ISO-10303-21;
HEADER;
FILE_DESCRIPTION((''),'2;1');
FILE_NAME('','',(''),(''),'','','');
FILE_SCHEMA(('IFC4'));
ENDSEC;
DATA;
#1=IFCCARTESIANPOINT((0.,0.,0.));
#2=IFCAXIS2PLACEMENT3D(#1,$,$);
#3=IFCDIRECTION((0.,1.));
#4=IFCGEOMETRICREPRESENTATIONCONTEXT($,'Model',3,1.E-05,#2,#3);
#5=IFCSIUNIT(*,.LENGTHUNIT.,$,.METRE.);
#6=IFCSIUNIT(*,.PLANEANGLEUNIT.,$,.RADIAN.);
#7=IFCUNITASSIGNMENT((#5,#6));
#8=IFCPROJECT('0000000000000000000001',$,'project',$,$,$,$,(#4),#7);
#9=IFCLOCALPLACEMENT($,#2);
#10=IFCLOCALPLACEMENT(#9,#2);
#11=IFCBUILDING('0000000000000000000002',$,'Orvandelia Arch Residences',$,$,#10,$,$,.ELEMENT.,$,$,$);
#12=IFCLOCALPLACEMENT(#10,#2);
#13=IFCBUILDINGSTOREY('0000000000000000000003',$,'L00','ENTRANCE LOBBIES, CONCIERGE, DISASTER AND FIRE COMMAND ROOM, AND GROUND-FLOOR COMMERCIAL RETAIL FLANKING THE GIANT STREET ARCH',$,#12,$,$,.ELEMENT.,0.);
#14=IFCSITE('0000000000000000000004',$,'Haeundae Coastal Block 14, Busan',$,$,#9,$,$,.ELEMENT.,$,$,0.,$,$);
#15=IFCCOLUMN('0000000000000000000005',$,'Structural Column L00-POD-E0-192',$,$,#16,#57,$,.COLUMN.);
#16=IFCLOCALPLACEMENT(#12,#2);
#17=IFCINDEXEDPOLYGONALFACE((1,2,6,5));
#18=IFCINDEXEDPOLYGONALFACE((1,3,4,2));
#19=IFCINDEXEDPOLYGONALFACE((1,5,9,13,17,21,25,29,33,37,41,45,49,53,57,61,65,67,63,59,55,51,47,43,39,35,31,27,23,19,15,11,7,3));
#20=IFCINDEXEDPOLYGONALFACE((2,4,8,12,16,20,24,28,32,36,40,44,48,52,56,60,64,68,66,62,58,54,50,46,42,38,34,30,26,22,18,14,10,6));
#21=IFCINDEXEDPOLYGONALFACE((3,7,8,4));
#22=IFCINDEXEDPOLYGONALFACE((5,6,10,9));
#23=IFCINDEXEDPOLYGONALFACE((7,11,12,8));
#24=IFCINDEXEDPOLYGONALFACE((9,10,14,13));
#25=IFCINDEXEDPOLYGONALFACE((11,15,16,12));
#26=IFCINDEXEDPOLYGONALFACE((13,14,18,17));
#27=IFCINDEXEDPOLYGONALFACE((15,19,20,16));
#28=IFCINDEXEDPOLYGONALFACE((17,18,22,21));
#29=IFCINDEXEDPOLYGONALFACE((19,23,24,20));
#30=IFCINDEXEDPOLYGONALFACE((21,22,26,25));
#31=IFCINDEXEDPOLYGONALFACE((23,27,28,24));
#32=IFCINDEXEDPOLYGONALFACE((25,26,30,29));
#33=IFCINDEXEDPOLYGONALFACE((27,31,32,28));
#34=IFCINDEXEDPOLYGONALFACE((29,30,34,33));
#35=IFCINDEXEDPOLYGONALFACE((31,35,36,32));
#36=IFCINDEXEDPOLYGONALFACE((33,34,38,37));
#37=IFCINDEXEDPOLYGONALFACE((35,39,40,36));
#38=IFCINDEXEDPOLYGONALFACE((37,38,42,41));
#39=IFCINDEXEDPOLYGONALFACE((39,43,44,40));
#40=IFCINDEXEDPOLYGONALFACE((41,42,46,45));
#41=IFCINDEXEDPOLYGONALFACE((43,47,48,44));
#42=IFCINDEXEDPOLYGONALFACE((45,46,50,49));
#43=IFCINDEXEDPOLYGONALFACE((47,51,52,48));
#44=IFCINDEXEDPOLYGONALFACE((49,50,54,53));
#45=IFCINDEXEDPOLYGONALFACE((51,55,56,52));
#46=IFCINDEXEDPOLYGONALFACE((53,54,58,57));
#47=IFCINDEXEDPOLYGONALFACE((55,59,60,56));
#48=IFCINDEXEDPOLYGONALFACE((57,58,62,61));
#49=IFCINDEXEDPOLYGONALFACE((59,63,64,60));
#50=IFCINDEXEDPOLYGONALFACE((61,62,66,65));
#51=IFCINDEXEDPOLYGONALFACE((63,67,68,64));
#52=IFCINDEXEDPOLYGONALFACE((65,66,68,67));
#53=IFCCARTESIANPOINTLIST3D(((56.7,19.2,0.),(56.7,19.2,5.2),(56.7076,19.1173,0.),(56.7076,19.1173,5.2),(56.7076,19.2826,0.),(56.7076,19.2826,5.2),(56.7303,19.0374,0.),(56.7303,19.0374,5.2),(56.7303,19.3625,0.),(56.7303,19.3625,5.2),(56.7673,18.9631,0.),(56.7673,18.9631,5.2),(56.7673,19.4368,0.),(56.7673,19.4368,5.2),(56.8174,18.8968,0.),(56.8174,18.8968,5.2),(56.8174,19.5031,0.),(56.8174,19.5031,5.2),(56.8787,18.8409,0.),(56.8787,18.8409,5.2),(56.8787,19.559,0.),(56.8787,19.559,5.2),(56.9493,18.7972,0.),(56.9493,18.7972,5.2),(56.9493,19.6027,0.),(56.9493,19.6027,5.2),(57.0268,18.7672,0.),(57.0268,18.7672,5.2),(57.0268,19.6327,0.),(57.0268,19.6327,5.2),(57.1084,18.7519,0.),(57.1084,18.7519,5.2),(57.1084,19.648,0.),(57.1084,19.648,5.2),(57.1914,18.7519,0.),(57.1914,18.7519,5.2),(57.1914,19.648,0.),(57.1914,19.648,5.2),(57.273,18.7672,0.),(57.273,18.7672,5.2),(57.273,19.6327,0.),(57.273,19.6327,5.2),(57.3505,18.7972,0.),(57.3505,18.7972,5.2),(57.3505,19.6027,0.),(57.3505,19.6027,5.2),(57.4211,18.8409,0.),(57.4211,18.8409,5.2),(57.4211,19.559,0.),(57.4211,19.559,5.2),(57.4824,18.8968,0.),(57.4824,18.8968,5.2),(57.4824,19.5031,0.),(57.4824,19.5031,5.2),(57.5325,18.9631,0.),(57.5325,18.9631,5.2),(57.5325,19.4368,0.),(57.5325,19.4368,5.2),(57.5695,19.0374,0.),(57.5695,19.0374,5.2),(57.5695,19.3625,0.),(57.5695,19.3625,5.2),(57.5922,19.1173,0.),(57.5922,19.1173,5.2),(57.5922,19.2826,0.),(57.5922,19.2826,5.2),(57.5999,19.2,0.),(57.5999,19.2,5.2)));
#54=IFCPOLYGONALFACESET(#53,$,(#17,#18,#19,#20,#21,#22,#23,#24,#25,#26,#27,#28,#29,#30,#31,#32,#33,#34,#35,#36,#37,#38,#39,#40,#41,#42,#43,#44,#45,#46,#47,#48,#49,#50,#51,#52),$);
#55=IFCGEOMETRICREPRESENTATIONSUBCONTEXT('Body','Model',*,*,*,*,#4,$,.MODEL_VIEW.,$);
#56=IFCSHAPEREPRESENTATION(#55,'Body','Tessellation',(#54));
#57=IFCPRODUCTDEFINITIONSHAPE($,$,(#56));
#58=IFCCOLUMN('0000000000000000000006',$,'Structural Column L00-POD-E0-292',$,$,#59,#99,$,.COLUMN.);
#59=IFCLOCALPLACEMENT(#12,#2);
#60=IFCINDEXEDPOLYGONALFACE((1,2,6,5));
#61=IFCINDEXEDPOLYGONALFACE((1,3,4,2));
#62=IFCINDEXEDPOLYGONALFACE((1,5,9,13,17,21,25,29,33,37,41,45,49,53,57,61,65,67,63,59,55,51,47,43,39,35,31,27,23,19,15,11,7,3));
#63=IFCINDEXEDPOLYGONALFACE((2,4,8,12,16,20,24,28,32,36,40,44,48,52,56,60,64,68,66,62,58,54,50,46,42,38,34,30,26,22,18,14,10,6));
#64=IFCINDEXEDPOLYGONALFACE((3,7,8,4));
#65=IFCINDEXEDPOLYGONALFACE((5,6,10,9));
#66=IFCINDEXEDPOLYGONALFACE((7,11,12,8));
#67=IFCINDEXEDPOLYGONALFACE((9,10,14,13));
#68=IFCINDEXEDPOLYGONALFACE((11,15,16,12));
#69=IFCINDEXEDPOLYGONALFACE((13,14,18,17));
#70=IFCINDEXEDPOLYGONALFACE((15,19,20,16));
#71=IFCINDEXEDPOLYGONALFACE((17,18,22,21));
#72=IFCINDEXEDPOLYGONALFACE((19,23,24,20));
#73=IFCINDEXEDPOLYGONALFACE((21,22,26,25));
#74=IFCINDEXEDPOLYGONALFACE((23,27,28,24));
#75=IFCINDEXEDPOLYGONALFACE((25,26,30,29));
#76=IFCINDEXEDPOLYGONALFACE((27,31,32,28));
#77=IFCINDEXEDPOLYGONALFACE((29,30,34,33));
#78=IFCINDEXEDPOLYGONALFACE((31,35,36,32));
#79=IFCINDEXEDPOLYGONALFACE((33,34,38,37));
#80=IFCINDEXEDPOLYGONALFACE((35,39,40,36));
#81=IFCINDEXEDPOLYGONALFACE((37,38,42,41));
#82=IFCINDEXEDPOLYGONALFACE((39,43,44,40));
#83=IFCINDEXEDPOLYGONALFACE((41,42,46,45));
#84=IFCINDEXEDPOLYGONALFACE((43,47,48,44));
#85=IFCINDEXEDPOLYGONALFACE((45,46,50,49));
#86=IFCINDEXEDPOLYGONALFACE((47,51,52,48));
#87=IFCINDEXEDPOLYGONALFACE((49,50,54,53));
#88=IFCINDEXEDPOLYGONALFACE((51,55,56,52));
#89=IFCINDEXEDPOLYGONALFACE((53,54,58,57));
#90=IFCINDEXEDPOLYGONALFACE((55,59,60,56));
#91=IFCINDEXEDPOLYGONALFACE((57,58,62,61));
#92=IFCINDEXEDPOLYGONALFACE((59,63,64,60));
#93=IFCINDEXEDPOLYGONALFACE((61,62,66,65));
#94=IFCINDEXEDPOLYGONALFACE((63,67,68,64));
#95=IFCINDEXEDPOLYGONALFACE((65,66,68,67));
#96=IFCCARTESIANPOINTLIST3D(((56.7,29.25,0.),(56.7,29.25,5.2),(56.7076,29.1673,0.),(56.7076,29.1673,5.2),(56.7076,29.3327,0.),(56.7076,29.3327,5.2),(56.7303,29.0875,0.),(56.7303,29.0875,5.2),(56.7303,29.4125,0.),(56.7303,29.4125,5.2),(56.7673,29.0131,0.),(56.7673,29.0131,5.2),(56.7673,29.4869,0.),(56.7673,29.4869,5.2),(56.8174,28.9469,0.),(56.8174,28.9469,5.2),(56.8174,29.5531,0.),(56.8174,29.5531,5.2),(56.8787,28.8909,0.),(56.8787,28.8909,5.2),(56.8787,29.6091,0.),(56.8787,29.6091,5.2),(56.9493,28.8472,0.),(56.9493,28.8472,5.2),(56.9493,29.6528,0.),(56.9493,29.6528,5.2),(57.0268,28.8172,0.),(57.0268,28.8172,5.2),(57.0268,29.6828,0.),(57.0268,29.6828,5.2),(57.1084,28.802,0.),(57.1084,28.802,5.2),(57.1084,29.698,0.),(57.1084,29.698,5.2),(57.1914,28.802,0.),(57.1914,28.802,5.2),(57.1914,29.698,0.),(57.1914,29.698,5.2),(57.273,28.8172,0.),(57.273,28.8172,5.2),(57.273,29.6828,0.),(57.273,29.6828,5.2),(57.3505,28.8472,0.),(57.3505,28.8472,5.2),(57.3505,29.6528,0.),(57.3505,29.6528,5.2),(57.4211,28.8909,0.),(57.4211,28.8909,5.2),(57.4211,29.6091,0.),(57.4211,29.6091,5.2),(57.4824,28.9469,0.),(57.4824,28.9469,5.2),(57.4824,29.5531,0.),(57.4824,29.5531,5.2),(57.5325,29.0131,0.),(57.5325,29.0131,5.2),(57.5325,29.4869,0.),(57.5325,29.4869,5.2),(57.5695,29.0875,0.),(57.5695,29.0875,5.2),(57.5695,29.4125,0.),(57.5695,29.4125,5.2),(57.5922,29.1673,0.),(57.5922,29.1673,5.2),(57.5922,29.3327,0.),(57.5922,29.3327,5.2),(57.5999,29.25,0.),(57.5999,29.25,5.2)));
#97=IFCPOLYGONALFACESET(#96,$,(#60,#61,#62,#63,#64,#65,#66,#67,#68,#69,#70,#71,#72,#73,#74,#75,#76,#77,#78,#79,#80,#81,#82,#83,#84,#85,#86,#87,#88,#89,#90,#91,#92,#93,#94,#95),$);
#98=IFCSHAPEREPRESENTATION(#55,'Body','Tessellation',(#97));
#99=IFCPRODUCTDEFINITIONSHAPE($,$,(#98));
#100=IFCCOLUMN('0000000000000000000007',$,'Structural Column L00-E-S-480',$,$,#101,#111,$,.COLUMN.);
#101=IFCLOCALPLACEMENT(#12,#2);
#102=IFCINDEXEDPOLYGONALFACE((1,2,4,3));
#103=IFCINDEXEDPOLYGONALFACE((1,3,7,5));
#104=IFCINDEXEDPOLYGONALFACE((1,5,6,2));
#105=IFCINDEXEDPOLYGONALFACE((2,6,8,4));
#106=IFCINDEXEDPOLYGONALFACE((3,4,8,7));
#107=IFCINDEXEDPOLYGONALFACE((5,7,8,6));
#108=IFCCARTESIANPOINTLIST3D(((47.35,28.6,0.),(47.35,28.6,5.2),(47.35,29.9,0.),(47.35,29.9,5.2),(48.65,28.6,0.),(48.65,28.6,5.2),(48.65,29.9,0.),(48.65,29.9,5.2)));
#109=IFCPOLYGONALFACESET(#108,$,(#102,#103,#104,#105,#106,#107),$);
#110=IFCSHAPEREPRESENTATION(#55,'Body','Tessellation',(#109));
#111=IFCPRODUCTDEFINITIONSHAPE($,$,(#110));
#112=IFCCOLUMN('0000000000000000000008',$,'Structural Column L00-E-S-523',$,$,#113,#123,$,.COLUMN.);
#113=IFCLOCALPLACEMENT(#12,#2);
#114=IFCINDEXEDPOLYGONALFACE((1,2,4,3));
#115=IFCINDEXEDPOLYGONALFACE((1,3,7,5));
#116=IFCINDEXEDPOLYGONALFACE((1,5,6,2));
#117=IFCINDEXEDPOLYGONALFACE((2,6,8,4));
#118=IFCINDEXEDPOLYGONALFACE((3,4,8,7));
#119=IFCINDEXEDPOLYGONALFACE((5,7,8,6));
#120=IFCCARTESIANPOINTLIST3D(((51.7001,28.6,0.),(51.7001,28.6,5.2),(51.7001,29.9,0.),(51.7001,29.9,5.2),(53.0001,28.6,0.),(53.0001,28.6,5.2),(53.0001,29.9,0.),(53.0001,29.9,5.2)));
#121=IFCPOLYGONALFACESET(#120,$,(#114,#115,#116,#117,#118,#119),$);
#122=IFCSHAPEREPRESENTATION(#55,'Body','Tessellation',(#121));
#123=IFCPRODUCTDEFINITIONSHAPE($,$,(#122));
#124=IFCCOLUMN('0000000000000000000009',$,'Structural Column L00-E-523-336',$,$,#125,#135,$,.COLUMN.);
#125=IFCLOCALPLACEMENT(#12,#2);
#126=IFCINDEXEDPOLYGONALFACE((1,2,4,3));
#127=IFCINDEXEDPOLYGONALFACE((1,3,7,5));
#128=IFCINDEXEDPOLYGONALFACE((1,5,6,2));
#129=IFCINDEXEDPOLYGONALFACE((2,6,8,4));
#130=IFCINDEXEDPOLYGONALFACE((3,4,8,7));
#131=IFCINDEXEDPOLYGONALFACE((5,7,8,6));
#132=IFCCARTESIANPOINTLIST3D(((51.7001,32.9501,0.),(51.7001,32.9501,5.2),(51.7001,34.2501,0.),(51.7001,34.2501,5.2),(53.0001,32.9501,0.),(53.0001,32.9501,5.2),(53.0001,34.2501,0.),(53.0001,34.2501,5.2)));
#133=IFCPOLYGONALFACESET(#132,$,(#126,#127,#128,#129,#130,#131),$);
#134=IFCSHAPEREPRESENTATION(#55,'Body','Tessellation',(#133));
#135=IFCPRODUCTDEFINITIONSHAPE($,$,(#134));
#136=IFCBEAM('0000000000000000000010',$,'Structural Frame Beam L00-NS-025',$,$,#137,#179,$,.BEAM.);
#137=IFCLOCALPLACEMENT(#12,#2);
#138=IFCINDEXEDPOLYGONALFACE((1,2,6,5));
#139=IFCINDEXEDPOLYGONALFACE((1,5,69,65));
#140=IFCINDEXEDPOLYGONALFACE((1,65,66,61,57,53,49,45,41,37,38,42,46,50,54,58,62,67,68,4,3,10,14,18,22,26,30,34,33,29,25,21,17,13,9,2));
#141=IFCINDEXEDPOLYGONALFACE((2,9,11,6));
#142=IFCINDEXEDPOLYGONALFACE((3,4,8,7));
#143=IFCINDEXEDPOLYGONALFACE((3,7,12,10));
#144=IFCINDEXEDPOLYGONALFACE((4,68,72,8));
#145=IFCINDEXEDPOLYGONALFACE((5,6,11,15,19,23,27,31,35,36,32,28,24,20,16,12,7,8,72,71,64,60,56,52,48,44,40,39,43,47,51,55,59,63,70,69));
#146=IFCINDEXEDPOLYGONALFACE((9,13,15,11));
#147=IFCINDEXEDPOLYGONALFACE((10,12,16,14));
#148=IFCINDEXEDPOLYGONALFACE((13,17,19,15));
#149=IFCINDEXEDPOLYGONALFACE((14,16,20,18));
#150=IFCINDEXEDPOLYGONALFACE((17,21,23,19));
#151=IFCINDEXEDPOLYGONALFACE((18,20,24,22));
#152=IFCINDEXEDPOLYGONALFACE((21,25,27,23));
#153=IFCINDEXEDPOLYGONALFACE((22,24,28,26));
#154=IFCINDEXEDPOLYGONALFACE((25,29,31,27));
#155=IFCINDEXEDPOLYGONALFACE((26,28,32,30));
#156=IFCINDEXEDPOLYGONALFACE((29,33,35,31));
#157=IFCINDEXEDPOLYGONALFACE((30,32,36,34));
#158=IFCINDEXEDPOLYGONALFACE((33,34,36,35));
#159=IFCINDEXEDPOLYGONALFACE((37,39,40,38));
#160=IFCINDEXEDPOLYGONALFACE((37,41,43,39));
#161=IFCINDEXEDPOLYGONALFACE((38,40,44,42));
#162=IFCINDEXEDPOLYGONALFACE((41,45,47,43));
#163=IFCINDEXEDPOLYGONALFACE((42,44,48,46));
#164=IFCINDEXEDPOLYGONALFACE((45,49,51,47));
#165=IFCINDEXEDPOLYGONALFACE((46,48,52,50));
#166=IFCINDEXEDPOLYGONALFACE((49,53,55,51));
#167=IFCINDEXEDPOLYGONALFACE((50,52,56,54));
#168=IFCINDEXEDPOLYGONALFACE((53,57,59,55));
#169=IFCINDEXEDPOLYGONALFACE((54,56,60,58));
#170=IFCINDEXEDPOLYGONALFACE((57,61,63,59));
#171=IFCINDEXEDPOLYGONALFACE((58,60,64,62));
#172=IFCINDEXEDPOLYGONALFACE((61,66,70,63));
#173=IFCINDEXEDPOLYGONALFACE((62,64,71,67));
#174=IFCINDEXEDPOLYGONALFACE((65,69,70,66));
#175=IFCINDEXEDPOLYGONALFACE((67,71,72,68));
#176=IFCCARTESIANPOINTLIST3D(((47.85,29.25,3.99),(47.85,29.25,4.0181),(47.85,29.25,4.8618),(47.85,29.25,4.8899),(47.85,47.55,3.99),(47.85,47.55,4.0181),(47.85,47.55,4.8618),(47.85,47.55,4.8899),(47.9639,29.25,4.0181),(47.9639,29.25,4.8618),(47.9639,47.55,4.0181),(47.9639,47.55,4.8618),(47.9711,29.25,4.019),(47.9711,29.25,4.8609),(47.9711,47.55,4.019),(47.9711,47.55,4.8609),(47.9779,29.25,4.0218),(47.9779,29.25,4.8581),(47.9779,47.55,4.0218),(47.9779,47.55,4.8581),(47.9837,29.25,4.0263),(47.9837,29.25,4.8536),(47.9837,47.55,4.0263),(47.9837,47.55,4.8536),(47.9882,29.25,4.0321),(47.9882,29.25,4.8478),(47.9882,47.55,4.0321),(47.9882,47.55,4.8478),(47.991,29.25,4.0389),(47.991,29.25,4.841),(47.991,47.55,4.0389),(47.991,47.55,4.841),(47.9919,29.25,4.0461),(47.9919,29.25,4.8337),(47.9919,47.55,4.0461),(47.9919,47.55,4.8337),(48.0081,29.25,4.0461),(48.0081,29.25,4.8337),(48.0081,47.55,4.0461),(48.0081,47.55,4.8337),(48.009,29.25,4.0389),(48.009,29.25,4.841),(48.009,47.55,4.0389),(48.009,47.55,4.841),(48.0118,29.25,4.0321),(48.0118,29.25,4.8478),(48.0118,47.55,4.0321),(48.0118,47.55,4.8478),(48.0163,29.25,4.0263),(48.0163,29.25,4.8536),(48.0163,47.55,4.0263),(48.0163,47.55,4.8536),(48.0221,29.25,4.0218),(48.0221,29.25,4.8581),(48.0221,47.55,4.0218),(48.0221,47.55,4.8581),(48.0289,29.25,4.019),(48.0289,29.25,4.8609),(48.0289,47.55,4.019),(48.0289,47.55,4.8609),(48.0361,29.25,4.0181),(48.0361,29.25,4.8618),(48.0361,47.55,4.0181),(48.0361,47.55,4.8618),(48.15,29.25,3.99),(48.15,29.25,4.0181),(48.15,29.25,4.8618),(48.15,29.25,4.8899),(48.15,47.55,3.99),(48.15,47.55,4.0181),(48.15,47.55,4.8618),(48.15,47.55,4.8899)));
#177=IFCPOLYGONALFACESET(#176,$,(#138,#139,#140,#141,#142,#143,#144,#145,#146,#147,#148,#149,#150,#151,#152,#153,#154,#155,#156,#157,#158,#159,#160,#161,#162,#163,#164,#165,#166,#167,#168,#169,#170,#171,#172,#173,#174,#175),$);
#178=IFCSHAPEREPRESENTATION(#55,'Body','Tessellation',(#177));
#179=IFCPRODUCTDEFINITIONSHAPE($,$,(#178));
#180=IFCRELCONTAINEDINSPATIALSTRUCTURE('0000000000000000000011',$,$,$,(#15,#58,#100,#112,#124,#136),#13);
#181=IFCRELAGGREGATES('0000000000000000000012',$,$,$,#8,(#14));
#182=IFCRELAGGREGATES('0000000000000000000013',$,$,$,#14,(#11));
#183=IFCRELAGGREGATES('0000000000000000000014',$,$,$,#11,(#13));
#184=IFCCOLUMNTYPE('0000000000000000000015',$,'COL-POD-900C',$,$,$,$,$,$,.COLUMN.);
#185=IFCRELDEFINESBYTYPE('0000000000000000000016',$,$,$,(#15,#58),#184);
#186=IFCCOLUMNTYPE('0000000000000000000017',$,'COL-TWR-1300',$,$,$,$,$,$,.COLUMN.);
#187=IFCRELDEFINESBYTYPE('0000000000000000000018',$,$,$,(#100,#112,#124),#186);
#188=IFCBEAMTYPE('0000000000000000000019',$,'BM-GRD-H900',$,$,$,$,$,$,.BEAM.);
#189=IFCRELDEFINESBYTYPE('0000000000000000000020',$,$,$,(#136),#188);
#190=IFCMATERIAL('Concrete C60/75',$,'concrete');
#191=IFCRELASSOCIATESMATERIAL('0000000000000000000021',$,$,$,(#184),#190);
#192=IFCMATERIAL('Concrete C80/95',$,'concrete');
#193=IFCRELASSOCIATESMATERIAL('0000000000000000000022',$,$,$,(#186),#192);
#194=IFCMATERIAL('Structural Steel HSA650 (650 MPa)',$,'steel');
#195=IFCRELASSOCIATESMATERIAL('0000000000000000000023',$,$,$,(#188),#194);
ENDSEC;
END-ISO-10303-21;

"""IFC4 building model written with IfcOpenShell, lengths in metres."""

from ifc_helpers import new_model, si_unit, direction, frame, origin, origin_2d, place, context, subcontext, project, spatial, rectangle, circle, i_section, extrude, material, material_profile, profile_set, type_object, element, save


model = new_model("IFC4")

# Units and contexts
model_context = context("Model", 3, precision=1e-05, world=origin(), true_north=direction((0.0, 1.0)))
body_context = subcontext(model_context, "Body", "Model", "MODEL_VIEW")
ifc_project = project(units=[si_unit("LENGTHUNIT", "METRE"), si_unit("PLANEANGLEUNIT", "RADIAN")], contexts=[model_context])

# Site, building, storey
site_placement = place(None, origin())
site = spatial("IfcSite", under=ifc_project, at=site_placement, Name="Haeundae Coastal Block 14, Busan", CompositionType="ELEMENT", RefElevation=0.0)
building_placement = place(site_placement, origin())
building = spatial("IfcBuilding", under=site, at=building_placement, Name="Orvandelia Arch Residences", CompositionType="ELEMENT")
storey_placement = place(building_placement, origin())
storey = spatial("IfcBuildingStorey", under=building, at=storey_placement, Name="L00", Description="ENTRANCE LOBBIES, CONCIERGE, DISASTER AND FIRE COMMAND ROOM, AND GROUND-FLOOR COMMERCIAL RETAIL FLANKING THE GIANT STREET ARCH", CompositionType="ELEMENT", Elevation=0.0)

# Columns
ifc_material_1 = material(Name="Concrete C60/75", Category="concrete")
ifc_material_profile_1 = material_profile(ifc_material_1, circle(Radius=0.45, at=origin_2d()), Name="Concrete C60/75", Category="concrete")
ifc_profile_set_1 = profile_set([ifc_material_profile_1], Name="Concrete C60/75")
column_type_1 = type_object("IfcColumnType", Name="COL-POD-900C", PredefinedType="COLUMN", material=ifc_profile_set_1)
for number, where, z_axis, x_axis, name in (
    (1, (57.1499, 19.2, 0.0), (0.0, 0.0, 1.0), (1.0, 0.0, 0.0), "Structural Column L00-POD-E0-192"),
    (2, (57.1499, 29.25, 0.0), (0.0, 0.0, 1.0), (1.0, 0.0, 0.0), "Structural Column L00-POD-E0-292"),
):
    element("IfcColumn", number, at=place(storey_placement, frame(where, z_axis=z_axis, x_axis=x_axis)), inside=storey, type_object=column_type_1, Name=name, PredefinedType="COLUMN", context=body_context, shape_type="SweptSolid", body=[
        extrude(circle(Radius=0.45, at=origin_2d()), origin(), (0.0, 0.0, 1.0), 5.2),
    ])
ifc_material_2 = material(Name="Concrete C80/95", Category="concrete")
ifc_material_profile_2 = material_profile(ifc_material_2, rectangle(XDim=1.3, YDim=1.3, at=origin_2d()), Name="Concrete C80/95", Category="concrete")
ifc_profile_set_2 = profile_set([ifc_material_profile_2], Name="Concrete C80/95")
column_type_2 = type_object("IfcColumnType", Name="COL-TWR-1300", PredefinedType="COLUMN", material=ifc_profile_set_2)
for number, where, z_axis, x_axis, name in (
    (3, (48.0, 29.25, 0.0), (0.0, 0.0, 1.0), (1.0, 0.0, 0.0), "Structural Column L00-E-S-480"),
    (4, (52.3501, 29.25, 0.0), (0.0, 0.0, 1.0), (1.0, 0.0, 0.0), "Structural Column L00-E-S-523"),
    (5, (52.3501, 33.6001, 0.0), (0.0, 0.0, 1.0), (1.0, 0.0, 0.0), "Structural Column L00-E-523-336"),
):
    element("IfcColumn", number, at=place(storey_placement, frame(where, z_axis=z_axis, x_axis=x_axis)), inside=storey, type_object=column_type_2, Name=name, PredefinedType="COLUMN", context=body_context, shape_type="SweptSolid", body=[
        extrude(rectangle(XDim=1.3, YDim=1.3, at=origin_2d()), origin(), (0.0, 0.0, 1.0), 5.2),
    ])

# Beam
ifc_material_3 = material(Name="Structural Steel HSA650 (650 MPa)", Category="steel")
ifc_material_profile_3 = material_profile(ifc_material_3, i_section(OverallWidth=0.3, OverallDepth=0.8999, WebThickness=0.0161, FlangeThickness=0.0281, FilletRadius=0.0281, at=origin_2d()), Name="Structural Steel HSA650 (650 MPa)", Category="steel")
ifc_profile_set_3 = profile_set([ifc_material_profile_3], Name="Structural Steel HSA650 (650 MPa)")
beam_type = type_object("IfcBeamType", Name="BM-GRD-H900", PredefinedType="BEAM", material=ifc_profile_set_3)
beam_1_placement = place(storey_placement, frame((48.0, 29.25, 4.4399), z_axis=(0.0, 1.0, 0.0), x_axis=(-1.0, 0.0, 0.0)))
element("IfcBeam", 6, at=beam_1_placement, inside=storey, type_object=beam_type, Name="Structural Frame Beam L00-NS-025", PredefinedType="BEAM", context=body_context, shape_type="SweptSolid", body=[
    extrude(i_section(OverallWidth=0.3, OverallDepth=0.8999, WebThickness=0.0161, FlangeThickness=0.0281, FilletRadius=0.0281, at=origin_2d()), origin(), (0.0, 0.0, 1.0), 18.3),
])

save(model, "model.ifc")
